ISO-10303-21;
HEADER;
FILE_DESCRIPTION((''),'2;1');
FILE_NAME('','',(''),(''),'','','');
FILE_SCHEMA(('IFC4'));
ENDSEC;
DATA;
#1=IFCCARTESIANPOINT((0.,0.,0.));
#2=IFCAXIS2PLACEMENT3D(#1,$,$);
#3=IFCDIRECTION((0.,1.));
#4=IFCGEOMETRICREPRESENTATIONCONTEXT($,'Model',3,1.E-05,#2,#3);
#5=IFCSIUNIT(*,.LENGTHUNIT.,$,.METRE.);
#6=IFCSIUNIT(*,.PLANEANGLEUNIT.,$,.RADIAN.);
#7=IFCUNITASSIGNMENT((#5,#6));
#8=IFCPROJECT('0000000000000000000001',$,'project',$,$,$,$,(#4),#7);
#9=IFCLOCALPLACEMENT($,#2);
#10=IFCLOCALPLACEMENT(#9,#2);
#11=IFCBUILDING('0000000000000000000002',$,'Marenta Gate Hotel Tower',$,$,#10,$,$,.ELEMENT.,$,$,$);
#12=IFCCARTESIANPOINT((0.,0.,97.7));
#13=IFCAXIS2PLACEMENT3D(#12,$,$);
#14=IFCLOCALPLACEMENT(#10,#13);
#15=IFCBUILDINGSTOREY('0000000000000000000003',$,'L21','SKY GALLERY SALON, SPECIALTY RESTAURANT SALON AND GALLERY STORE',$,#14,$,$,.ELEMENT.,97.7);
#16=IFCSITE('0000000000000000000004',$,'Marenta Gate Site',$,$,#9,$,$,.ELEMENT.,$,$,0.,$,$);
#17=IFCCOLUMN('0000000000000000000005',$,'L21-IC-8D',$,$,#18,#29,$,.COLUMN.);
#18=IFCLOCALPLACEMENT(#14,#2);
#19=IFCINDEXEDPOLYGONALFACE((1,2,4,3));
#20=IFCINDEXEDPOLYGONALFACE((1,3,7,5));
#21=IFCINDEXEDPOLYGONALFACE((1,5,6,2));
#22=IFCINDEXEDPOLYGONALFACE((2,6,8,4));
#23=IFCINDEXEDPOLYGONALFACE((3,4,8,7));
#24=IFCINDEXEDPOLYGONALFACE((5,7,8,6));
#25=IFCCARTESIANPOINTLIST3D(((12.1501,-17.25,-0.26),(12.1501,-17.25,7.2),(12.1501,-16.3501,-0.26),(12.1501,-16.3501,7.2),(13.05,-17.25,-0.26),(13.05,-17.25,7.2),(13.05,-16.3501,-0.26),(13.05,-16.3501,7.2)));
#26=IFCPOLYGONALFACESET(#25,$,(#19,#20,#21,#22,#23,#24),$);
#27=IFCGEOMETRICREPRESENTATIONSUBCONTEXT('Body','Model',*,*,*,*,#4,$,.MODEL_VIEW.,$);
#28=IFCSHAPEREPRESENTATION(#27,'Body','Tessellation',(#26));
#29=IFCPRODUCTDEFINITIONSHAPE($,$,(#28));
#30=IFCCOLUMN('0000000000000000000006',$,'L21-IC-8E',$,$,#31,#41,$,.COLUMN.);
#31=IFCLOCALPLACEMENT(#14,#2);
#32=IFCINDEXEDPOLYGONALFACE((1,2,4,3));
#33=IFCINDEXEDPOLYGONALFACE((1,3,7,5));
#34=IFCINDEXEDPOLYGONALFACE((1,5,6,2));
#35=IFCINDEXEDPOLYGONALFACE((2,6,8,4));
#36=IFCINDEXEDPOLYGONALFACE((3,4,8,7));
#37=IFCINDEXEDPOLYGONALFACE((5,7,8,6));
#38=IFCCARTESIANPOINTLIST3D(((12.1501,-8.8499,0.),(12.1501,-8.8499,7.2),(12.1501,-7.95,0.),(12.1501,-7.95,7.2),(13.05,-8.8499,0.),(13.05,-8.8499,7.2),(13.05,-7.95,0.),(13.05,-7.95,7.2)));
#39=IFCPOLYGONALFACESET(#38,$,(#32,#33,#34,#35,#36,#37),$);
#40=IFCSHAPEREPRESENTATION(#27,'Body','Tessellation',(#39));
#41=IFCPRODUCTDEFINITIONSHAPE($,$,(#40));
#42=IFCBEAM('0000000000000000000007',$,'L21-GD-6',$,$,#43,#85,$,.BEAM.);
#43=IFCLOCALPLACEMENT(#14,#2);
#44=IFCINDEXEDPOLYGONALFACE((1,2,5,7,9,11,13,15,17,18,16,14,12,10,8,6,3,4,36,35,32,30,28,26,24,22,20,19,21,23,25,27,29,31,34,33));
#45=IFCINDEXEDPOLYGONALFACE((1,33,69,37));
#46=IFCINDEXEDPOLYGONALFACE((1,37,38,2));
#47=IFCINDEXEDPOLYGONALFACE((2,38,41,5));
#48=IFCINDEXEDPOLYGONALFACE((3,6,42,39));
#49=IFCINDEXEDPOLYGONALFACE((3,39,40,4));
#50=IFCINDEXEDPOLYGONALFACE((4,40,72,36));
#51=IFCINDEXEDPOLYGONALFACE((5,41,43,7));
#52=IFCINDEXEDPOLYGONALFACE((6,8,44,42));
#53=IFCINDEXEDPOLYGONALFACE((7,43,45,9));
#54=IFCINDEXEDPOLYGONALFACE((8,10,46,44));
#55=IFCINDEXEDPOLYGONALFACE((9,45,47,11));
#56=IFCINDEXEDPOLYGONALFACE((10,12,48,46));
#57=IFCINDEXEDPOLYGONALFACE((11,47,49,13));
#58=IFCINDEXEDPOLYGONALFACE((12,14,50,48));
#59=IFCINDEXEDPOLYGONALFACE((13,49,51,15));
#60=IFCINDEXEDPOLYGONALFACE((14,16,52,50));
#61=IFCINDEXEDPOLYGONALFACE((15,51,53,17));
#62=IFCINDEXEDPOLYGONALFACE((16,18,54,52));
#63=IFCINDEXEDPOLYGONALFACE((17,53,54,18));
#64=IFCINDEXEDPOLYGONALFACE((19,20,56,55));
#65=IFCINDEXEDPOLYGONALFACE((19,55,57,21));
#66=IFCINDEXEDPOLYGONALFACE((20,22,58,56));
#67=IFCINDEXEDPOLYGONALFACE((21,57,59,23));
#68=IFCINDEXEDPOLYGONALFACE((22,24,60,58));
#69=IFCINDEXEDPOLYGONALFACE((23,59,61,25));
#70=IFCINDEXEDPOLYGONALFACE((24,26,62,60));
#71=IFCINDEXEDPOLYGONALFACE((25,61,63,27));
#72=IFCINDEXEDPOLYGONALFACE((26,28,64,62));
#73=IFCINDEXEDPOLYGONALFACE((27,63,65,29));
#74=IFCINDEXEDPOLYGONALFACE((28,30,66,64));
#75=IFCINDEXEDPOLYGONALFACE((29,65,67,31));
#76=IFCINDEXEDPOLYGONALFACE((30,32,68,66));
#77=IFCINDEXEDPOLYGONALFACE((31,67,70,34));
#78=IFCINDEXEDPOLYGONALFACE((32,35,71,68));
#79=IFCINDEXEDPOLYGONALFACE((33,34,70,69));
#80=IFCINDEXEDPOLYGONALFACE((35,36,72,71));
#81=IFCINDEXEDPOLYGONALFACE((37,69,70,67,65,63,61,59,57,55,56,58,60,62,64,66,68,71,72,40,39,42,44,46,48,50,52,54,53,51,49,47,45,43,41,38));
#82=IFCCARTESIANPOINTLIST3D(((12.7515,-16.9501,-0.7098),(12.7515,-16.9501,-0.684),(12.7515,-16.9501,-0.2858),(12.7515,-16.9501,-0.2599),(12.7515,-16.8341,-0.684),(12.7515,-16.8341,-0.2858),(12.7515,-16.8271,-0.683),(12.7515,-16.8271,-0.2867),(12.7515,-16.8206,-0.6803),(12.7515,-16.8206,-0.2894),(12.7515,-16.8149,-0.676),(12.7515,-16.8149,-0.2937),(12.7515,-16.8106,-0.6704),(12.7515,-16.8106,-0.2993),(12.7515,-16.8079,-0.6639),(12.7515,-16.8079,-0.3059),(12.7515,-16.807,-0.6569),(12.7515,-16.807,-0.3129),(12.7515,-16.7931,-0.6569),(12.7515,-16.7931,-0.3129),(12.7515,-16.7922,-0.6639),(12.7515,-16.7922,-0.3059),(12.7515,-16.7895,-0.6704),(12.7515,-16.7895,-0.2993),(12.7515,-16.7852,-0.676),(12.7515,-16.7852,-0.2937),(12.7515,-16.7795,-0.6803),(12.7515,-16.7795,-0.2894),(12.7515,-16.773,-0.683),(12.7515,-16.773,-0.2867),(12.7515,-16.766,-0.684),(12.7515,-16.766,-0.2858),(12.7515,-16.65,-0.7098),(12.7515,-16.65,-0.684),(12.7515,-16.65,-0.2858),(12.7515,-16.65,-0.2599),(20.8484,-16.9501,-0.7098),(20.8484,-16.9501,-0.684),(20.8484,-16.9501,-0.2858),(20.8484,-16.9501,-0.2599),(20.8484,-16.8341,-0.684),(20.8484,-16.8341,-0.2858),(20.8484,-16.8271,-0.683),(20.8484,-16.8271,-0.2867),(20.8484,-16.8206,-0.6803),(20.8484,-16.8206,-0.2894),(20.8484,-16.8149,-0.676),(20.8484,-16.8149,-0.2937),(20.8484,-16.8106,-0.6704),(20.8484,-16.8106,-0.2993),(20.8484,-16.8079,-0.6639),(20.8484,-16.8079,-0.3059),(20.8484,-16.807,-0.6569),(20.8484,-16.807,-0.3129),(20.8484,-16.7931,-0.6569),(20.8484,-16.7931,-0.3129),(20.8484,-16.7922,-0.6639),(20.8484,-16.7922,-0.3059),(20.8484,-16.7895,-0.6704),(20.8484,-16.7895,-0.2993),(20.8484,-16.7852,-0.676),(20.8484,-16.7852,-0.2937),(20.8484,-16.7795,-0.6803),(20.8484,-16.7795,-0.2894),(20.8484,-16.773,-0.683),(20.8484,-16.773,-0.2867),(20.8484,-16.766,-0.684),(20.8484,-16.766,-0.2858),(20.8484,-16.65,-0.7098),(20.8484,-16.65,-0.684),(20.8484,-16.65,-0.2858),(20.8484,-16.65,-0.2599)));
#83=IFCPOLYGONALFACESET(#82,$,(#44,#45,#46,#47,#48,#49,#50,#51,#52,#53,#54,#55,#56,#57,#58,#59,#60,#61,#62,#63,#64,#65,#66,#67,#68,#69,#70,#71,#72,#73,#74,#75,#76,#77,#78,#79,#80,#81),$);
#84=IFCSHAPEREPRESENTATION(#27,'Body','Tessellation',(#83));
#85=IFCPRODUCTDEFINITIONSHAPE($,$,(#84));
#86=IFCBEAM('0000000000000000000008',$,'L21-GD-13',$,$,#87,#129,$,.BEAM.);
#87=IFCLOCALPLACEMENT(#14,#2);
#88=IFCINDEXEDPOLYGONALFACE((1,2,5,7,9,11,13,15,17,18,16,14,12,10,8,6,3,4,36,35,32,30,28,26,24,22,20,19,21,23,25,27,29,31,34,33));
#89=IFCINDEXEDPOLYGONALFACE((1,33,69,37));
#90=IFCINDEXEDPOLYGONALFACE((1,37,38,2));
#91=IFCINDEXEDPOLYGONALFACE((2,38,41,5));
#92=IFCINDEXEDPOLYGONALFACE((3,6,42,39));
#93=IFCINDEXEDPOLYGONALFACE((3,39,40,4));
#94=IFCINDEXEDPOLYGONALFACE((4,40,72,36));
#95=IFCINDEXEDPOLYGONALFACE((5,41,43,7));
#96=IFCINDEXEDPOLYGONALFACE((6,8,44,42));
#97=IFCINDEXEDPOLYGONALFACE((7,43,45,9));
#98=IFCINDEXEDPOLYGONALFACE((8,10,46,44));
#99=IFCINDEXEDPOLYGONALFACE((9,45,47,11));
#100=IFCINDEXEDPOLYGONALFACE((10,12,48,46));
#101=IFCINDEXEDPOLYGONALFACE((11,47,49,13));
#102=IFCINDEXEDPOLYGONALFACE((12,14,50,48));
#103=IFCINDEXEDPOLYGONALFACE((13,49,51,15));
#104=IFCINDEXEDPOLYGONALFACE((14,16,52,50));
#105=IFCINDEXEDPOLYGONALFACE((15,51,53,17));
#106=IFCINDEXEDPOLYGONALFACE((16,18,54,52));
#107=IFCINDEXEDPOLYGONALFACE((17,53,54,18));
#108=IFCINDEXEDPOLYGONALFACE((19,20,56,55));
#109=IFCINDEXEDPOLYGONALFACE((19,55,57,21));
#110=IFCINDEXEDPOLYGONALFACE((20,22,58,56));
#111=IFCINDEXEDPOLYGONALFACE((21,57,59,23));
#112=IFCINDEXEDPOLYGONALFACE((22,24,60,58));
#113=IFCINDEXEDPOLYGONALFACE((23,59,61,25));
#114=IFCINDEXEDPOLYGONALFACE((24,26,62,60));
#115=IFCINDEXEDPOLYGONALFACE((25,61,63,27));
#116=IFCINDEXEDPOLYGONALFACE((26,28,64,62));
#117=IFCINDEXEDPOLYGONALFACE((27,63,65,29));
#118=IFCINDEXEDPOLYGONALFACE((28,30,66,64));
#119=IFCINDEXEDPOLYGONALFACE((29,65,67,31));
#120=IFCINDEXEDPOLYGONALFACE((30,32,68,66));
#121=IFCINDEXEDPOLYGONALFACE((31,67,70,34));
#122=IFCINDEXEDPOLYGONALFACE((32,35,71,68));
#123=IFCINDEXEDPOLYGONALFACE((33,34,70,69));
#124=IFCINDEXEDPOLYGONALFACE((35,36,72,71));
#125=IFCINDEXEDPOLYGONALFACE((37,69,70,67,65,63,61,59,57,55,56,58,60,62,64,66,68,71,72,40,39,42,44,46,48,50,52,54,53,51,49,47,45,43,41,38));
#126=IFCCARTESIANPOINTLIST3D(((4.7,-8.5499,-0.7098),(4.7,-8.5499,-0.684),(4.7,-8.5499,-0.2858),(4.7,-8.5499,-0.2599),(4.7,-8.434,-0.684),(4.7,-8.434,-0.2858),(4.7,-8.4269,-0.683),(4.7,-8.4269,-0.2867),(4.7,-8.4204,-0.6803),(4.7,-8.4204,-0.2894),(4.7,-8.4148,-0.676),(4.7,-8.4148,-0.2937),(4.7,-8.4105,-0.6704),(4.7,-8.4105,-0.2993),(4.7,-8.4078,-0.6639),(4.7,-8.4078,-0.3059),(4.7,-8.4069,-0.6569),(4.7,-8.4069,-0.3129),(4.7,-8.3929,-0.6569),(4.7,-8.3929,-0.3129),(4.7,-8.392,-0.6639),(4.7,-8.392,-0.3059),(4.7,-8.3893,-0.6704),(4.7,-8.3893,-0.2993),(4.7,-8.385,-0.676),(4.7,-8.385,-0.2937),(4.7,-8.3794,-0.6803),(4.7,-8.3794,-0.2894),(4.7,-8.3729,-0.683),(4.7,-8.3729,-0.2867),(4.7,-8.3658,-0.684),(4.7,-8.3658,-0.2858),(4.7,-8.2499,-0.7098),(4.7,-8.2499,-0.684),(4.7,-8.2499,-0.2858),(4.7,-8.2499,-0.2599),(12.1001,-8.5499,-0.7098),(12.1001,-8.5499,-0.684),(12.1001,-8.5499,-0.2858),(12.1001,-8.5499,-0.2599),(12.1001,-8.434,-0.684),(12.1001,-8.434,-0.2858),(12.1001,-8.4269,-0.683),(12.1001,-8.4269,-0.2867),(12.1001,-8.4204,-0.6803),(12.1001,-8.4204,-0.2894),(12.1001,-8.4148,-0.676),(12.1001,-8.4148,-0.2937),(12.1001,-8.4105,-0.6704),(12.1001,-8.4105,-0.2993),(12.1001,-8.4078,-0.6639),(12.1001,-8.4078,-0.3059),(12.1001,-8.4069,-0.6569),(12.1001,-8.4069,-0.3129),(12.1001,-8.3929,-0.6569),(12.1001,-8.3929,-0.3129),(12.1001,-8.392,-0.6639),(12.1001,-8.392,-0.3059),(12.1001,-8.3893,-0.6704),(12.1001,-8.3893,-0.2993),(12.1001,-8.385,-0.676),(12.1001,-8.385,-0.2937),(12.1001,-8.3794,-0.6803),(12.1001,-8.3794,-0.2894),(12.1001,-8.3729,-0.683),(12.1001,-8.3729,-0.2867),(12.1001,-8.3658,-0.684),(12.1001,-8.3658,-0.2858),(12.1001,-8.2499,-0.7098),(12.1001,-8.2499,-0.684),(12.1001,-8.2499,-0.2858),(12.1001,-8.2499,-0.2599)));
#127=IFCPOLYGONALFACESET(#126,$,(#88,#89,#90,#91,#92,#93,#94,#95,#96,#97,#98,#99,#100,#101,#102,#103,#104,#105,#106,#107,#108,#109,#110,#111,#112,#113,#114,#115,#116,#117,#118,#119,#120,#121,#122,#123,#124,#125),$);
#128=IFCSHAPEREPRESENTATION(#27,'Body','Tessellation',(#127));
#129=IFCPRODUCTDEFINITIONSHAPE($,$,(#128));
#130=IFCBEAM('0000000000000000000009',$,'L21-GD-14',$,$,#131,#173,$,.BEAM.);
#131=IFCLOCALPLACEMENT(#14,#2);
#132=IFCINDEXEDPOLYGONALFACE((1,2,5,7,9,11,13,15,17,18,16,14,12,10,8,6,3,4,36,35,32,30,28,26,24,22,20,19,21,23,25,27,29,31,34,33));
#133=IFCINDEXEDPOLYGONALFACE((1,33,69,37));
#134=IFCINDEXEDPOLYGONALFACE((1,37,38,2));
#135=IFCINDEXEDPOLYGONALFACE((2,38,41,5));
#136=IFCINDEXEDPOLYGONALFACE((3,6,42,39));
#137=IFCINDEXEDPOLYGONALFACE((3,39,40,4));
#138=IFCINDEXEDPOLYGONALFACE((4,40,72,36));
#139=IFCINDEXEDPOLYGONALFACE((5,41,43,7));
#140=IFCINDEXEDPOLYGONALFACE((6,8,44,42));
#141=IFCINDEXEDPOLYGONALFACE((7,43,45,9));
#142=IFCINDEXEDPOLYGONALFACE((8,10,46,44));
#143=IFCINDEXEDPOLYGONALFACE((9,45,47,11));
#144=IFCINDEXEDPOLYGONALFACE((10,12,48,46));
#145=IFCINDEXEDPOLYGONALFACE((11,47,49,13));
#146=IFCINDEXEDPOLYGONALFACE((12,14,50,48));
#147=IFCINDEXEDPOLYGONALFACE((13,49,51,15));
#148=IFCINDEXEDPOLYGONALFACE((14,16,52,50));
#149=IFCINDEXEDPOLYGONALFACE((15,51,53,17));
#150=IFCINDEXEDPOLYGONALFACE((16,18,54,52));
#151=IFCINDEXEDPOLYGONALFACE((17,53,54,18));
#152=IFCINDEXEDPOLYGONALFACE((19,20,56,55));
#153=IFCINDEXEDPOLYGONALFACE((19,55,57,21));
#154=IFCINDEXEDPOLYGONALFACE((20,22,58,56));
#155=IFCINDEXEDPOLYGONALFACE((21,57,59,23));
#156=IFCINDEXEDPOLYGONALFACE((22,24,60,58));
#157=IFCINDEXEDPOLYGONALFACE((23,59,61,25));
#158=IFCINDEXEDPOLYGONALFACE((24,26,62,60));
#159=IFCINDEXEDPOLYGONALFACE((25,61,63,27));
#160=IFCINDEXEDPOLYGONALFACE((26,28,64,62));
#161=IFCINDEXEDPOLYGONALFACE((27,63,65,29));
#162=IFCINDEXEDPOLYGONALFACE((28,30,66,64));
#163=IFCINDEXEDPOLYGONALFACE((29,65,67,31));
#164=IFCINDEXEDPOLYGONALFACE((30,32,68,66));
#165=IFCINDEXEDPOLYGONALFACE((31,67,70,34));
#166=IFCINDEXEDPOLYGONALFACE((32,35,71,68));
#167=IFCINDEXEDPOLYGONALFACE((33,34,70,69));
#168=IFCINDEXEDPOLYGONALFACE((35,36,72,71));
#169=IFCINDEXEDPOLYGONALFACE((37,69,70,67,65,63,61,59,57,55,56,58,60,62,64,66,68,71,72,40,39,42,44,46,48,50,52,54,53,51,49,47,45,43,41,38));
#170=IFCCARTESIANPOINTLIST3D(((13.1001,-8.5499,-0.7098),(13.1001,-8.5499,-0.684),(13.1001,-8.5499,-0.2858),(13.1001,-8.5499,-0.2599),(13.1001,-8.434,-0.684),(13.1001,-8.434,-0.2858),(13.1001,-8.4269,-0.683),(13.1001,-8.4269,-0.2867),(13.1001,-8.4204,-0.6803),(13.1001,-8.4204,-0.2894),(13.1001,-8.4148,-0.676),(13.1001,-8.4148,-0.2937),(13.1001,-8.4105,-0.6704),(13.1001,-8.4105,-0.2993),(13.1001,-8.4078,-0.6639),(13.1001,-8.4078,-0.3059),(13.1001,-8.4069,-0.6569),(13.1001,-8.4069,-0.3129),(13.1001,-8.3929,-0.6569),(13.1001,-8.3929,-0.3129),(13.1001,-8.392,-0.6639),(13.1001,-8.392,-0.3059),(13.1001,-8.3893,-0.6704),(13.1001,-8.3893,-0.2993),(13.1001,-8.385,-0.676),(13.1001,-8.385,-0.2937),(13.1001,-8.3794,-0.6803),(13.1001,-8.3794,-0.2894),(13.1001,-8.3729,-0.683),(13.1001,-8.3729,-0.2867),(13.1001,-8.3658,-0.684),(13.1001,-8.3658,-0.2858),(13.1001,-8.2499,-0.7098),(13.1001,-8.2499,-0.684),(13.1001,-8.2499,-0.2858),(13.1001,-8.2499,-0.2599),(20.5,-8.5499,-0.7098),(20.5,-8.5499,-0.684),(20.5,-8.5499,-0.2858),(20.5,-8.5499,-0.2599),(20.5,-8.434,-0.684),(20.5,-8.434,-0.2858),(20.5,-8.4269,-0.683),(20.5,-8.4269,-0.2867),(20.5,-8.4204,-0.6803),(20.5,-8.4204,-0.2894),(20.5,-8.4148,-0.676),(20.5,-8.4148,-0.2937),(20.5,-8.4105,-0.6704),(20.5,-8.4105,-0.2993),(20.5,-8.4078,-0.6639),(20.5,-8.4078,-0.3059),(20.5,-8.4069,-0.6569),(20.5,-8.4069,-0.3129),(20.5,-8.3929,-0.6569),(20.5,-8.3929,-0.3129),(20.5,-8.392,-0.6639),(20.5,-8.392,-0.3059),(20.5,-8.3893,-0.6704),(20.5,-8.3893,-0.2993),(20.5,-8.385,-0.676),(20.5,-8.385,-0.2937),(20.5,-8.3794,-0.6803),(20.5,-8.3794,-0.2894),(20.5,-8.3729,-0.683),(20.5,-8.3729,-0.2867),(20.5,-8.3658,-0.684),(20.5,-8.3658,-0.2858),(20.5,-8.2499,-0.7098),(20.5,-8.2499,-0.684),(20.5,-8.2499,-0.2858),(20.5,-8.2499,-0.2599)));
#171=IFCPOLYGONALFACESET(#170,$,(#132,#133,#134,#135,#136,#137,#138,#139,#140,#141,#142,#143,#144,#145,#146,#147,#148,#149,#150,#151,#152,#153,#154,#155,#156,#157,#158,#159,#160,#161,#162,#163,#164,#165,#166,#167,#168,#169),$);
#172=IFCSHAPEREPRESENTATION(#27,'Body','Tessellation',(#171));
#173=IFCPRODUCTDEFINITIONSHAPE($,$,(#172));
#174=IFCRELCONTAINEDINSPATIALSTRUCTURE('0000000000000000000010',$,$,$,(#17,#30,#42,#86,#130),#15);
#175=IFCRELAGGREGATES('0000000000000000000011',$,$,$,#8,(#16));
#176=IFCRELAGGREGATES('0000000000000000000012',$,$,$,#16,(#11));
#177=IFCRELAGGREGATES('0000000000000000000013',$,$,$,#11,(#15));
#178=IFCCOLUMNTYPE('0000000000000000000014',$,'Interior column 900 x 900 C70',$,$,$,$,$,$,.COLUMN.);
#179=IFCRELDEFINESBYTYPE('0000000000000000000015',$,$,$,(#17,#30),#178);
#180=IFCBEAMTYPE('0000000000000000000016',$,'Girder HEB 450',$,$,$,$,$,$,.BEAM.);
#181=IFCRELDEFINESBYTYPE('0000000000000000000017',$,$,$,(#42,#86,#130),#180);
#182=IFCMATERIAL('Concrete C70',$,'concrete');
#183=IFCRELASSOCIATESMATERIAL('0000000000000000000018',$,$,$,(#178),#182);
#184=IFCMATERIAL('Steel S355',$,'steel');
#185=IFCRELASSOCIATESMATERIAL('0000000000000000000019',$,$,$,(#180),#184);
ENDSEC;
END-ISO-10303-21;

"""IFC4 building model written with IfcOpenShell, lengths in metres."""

from ifc_helpers import new_model, si_unit, direction, frame, origin, origin_2d, place, context, subcontext, project, spatial, rectangle, i_section, extrude, material, material_profile, profile_set, type_object, element, save


model = new_model("IFC4")

# Units and contexts
model_context = context("Model", 3, precision=1e-05, world=origin(), true_north=direction((0.0, 1.0)))
body_context = subcontext(model_context, "Body", "Model", "MODEL_VIEW")
ifc_project = project(units=[si_unit("LENGTHUNIT", "METRE"), si_unit("PLANEANGLEUNIT", "RADIAN")], contexts=[model_context])

# Site, building, storey
site_placement = place(None, origin())
site = spatial("IfcSite", under=ifc_project, at=site_placement, Name="Marenta Gate Site", CompositionType="ELEMENT", RefElevation=0.0)
building_placement = place(site_placement, origin())
building = spatial("IfcBuilding", under=site, at=building_placement, Name="Marenta Gate Hotel Tower", CompositionType="ELEMENT")
storey_placement = place(building_placement, frame((0.0, 0.0, 97.7)))
storey = spatial("IfcBuildingStorey", under=building, at=storey_placement, Name="L21", Description="SKY GALLERY SALON, SPECIALTY RESTAURANT SALON AND GALLERY STORE", CompositionType="ELEMENT", Elevation=97.7)

# Columns
ifc_material_1 = material(Name="Concrete C70", Category="concrete")
ifc_material_profile_1 = material_profile(ifc_material_1, rectangle(XDim=0.8999, YDim=0.8999, at=origin_2d()), Name="900 x 900")
ifc_profile_set_1 = profile_set([ifc_material_profile_1], Name="Concrete C70")
column_type = type_object("IfcColumnType", Name="Interior column 900 x 900 C70", PredefinedType="COLUMN", material=ifc_profile_set_1)
column_1_placement = place(storey_placement, frame((12.6001, -16.8, -0.26), z_axis=(0.0, 0.0, 1.0), x_axis=(1.0, 0.0, 0.0)))
element("IfcColumn", 1, at=column_1_placement, inside=storey, type_object=column_type, Name="L21-IC-8D", PredefinedType="COLUMN", context=body_context, shape_type="SweptSolid", body=[
    extrude(rectangle(XDim=0.8999, YDim=0.8999, at=origin_2d()), origin(), (0.0, 0.0, 1.0), 7.46),
])
column_2_placement = place(storey_placement, frame((12.6001, -8.3999, 0.0), z_axis=(0.0, 0.0, 1.0), x_axis=(1.0, 0.0, 0.0)))
element("IfcColumn", 2, at=column_2_placement, inside=storey, type_object=column_type, Name="L21-IC-8E", PredefinedType="COLUMN", context=body_context, shape_type="SweptSolid", body=[
    extrude(rectangle(XDim=0.8999, YDim=0.8999, at=origin_2d()), origin(), (0.0, 0.0, 1.0), 7.2),
])

# Beams
ifc_material_2 = material(Name="Steel S355", Category="steel")
ifc_material_profile_2 = material_profile(ifc_material_2, i_section(OverallWidth=0.3, OverallDepth=0.45, WebThickness=0.0139, FlangeThickness=0.0259, FilletRadius=0.0271, at=origin_2d()), Name="HEB 450")
ifc_profile_set_2 = profile_set([ifc_material_profile_2], Name="Steel S355")
beam_type_1 = type_object("IfcBeamType", Name="Girder HEB 450", PredefinedType="BEAM", material=ifc_profile_set_2)
beam_1_placement = place(storey_placement, frame((12.7515, -16.8, -0.4849), z_axis=(1.0, 0.0, 0.0), x_axis=(0.0, 1.0, 0.0)))
element("IfcBeam", 3, at=beam_1_placement, inside=storey, type_object=beam_type_1, Name="L21-GD-6", PredefinedType="BEAM", context=body_context, shape_type="SweptSolid", body=[
    extrude(i_section(OverallWidth=0.3, OverallDepth=0.45, WebThickness=0.0139, FlangeThickness=0.0259, FilletRadius=0.0271, at=origin_2d()), origin(), (0.0, 0.0, 1.0), 8.0969),
])
beam_2_placement = place(storey_placement, frame((4.7, -8.3999, -0.4849), z_axis=(1.0, 0.0, 0.0), x_axis=(0.0, 1.0, 0.0)))
element("IfcBeam", 4, at=beam_2_placement, inside=storey, type_object=beam_type_1, Name="L21-GD-13", PredefinedType="BEAM", context=body_context, shape_type="SweptSolid", body=[
    extrude(i_section(OverallWidth=0.3, OverallDepth=0.45, WebThickness=0.0139, FlangeThickness=0.0259, FilletRadius=0.0271, at=origin_2d()), origin(), (0.0, 0.0, 1.0), 7.4001),
])
beam_3_placement = place(storey_placement, frame((13.1001, -8.3999, -0.4849), z_axis=(1.0, 0.0, 0.0), x_axis=(0.0, 1.0, 0.0)))
element("IfcBeam", 5, at=beam_3_placement, inside=storey, type_object=beam_type_1, Name="L21-GD-14", PredefinedType="BEAM", context=body_context, shape_type="SweptSolid", body=[
    extrude(i_section(OverallWidth=0.3, OverallDepth=0.45, WebThickness=0.0139, FlangeThickness=0.0259, FilletRadius=0.0271, at=origin_2d()), origin(), (0.0, 0.0, 1.0), 7.3999),
])

save(model, "model.ifc")
